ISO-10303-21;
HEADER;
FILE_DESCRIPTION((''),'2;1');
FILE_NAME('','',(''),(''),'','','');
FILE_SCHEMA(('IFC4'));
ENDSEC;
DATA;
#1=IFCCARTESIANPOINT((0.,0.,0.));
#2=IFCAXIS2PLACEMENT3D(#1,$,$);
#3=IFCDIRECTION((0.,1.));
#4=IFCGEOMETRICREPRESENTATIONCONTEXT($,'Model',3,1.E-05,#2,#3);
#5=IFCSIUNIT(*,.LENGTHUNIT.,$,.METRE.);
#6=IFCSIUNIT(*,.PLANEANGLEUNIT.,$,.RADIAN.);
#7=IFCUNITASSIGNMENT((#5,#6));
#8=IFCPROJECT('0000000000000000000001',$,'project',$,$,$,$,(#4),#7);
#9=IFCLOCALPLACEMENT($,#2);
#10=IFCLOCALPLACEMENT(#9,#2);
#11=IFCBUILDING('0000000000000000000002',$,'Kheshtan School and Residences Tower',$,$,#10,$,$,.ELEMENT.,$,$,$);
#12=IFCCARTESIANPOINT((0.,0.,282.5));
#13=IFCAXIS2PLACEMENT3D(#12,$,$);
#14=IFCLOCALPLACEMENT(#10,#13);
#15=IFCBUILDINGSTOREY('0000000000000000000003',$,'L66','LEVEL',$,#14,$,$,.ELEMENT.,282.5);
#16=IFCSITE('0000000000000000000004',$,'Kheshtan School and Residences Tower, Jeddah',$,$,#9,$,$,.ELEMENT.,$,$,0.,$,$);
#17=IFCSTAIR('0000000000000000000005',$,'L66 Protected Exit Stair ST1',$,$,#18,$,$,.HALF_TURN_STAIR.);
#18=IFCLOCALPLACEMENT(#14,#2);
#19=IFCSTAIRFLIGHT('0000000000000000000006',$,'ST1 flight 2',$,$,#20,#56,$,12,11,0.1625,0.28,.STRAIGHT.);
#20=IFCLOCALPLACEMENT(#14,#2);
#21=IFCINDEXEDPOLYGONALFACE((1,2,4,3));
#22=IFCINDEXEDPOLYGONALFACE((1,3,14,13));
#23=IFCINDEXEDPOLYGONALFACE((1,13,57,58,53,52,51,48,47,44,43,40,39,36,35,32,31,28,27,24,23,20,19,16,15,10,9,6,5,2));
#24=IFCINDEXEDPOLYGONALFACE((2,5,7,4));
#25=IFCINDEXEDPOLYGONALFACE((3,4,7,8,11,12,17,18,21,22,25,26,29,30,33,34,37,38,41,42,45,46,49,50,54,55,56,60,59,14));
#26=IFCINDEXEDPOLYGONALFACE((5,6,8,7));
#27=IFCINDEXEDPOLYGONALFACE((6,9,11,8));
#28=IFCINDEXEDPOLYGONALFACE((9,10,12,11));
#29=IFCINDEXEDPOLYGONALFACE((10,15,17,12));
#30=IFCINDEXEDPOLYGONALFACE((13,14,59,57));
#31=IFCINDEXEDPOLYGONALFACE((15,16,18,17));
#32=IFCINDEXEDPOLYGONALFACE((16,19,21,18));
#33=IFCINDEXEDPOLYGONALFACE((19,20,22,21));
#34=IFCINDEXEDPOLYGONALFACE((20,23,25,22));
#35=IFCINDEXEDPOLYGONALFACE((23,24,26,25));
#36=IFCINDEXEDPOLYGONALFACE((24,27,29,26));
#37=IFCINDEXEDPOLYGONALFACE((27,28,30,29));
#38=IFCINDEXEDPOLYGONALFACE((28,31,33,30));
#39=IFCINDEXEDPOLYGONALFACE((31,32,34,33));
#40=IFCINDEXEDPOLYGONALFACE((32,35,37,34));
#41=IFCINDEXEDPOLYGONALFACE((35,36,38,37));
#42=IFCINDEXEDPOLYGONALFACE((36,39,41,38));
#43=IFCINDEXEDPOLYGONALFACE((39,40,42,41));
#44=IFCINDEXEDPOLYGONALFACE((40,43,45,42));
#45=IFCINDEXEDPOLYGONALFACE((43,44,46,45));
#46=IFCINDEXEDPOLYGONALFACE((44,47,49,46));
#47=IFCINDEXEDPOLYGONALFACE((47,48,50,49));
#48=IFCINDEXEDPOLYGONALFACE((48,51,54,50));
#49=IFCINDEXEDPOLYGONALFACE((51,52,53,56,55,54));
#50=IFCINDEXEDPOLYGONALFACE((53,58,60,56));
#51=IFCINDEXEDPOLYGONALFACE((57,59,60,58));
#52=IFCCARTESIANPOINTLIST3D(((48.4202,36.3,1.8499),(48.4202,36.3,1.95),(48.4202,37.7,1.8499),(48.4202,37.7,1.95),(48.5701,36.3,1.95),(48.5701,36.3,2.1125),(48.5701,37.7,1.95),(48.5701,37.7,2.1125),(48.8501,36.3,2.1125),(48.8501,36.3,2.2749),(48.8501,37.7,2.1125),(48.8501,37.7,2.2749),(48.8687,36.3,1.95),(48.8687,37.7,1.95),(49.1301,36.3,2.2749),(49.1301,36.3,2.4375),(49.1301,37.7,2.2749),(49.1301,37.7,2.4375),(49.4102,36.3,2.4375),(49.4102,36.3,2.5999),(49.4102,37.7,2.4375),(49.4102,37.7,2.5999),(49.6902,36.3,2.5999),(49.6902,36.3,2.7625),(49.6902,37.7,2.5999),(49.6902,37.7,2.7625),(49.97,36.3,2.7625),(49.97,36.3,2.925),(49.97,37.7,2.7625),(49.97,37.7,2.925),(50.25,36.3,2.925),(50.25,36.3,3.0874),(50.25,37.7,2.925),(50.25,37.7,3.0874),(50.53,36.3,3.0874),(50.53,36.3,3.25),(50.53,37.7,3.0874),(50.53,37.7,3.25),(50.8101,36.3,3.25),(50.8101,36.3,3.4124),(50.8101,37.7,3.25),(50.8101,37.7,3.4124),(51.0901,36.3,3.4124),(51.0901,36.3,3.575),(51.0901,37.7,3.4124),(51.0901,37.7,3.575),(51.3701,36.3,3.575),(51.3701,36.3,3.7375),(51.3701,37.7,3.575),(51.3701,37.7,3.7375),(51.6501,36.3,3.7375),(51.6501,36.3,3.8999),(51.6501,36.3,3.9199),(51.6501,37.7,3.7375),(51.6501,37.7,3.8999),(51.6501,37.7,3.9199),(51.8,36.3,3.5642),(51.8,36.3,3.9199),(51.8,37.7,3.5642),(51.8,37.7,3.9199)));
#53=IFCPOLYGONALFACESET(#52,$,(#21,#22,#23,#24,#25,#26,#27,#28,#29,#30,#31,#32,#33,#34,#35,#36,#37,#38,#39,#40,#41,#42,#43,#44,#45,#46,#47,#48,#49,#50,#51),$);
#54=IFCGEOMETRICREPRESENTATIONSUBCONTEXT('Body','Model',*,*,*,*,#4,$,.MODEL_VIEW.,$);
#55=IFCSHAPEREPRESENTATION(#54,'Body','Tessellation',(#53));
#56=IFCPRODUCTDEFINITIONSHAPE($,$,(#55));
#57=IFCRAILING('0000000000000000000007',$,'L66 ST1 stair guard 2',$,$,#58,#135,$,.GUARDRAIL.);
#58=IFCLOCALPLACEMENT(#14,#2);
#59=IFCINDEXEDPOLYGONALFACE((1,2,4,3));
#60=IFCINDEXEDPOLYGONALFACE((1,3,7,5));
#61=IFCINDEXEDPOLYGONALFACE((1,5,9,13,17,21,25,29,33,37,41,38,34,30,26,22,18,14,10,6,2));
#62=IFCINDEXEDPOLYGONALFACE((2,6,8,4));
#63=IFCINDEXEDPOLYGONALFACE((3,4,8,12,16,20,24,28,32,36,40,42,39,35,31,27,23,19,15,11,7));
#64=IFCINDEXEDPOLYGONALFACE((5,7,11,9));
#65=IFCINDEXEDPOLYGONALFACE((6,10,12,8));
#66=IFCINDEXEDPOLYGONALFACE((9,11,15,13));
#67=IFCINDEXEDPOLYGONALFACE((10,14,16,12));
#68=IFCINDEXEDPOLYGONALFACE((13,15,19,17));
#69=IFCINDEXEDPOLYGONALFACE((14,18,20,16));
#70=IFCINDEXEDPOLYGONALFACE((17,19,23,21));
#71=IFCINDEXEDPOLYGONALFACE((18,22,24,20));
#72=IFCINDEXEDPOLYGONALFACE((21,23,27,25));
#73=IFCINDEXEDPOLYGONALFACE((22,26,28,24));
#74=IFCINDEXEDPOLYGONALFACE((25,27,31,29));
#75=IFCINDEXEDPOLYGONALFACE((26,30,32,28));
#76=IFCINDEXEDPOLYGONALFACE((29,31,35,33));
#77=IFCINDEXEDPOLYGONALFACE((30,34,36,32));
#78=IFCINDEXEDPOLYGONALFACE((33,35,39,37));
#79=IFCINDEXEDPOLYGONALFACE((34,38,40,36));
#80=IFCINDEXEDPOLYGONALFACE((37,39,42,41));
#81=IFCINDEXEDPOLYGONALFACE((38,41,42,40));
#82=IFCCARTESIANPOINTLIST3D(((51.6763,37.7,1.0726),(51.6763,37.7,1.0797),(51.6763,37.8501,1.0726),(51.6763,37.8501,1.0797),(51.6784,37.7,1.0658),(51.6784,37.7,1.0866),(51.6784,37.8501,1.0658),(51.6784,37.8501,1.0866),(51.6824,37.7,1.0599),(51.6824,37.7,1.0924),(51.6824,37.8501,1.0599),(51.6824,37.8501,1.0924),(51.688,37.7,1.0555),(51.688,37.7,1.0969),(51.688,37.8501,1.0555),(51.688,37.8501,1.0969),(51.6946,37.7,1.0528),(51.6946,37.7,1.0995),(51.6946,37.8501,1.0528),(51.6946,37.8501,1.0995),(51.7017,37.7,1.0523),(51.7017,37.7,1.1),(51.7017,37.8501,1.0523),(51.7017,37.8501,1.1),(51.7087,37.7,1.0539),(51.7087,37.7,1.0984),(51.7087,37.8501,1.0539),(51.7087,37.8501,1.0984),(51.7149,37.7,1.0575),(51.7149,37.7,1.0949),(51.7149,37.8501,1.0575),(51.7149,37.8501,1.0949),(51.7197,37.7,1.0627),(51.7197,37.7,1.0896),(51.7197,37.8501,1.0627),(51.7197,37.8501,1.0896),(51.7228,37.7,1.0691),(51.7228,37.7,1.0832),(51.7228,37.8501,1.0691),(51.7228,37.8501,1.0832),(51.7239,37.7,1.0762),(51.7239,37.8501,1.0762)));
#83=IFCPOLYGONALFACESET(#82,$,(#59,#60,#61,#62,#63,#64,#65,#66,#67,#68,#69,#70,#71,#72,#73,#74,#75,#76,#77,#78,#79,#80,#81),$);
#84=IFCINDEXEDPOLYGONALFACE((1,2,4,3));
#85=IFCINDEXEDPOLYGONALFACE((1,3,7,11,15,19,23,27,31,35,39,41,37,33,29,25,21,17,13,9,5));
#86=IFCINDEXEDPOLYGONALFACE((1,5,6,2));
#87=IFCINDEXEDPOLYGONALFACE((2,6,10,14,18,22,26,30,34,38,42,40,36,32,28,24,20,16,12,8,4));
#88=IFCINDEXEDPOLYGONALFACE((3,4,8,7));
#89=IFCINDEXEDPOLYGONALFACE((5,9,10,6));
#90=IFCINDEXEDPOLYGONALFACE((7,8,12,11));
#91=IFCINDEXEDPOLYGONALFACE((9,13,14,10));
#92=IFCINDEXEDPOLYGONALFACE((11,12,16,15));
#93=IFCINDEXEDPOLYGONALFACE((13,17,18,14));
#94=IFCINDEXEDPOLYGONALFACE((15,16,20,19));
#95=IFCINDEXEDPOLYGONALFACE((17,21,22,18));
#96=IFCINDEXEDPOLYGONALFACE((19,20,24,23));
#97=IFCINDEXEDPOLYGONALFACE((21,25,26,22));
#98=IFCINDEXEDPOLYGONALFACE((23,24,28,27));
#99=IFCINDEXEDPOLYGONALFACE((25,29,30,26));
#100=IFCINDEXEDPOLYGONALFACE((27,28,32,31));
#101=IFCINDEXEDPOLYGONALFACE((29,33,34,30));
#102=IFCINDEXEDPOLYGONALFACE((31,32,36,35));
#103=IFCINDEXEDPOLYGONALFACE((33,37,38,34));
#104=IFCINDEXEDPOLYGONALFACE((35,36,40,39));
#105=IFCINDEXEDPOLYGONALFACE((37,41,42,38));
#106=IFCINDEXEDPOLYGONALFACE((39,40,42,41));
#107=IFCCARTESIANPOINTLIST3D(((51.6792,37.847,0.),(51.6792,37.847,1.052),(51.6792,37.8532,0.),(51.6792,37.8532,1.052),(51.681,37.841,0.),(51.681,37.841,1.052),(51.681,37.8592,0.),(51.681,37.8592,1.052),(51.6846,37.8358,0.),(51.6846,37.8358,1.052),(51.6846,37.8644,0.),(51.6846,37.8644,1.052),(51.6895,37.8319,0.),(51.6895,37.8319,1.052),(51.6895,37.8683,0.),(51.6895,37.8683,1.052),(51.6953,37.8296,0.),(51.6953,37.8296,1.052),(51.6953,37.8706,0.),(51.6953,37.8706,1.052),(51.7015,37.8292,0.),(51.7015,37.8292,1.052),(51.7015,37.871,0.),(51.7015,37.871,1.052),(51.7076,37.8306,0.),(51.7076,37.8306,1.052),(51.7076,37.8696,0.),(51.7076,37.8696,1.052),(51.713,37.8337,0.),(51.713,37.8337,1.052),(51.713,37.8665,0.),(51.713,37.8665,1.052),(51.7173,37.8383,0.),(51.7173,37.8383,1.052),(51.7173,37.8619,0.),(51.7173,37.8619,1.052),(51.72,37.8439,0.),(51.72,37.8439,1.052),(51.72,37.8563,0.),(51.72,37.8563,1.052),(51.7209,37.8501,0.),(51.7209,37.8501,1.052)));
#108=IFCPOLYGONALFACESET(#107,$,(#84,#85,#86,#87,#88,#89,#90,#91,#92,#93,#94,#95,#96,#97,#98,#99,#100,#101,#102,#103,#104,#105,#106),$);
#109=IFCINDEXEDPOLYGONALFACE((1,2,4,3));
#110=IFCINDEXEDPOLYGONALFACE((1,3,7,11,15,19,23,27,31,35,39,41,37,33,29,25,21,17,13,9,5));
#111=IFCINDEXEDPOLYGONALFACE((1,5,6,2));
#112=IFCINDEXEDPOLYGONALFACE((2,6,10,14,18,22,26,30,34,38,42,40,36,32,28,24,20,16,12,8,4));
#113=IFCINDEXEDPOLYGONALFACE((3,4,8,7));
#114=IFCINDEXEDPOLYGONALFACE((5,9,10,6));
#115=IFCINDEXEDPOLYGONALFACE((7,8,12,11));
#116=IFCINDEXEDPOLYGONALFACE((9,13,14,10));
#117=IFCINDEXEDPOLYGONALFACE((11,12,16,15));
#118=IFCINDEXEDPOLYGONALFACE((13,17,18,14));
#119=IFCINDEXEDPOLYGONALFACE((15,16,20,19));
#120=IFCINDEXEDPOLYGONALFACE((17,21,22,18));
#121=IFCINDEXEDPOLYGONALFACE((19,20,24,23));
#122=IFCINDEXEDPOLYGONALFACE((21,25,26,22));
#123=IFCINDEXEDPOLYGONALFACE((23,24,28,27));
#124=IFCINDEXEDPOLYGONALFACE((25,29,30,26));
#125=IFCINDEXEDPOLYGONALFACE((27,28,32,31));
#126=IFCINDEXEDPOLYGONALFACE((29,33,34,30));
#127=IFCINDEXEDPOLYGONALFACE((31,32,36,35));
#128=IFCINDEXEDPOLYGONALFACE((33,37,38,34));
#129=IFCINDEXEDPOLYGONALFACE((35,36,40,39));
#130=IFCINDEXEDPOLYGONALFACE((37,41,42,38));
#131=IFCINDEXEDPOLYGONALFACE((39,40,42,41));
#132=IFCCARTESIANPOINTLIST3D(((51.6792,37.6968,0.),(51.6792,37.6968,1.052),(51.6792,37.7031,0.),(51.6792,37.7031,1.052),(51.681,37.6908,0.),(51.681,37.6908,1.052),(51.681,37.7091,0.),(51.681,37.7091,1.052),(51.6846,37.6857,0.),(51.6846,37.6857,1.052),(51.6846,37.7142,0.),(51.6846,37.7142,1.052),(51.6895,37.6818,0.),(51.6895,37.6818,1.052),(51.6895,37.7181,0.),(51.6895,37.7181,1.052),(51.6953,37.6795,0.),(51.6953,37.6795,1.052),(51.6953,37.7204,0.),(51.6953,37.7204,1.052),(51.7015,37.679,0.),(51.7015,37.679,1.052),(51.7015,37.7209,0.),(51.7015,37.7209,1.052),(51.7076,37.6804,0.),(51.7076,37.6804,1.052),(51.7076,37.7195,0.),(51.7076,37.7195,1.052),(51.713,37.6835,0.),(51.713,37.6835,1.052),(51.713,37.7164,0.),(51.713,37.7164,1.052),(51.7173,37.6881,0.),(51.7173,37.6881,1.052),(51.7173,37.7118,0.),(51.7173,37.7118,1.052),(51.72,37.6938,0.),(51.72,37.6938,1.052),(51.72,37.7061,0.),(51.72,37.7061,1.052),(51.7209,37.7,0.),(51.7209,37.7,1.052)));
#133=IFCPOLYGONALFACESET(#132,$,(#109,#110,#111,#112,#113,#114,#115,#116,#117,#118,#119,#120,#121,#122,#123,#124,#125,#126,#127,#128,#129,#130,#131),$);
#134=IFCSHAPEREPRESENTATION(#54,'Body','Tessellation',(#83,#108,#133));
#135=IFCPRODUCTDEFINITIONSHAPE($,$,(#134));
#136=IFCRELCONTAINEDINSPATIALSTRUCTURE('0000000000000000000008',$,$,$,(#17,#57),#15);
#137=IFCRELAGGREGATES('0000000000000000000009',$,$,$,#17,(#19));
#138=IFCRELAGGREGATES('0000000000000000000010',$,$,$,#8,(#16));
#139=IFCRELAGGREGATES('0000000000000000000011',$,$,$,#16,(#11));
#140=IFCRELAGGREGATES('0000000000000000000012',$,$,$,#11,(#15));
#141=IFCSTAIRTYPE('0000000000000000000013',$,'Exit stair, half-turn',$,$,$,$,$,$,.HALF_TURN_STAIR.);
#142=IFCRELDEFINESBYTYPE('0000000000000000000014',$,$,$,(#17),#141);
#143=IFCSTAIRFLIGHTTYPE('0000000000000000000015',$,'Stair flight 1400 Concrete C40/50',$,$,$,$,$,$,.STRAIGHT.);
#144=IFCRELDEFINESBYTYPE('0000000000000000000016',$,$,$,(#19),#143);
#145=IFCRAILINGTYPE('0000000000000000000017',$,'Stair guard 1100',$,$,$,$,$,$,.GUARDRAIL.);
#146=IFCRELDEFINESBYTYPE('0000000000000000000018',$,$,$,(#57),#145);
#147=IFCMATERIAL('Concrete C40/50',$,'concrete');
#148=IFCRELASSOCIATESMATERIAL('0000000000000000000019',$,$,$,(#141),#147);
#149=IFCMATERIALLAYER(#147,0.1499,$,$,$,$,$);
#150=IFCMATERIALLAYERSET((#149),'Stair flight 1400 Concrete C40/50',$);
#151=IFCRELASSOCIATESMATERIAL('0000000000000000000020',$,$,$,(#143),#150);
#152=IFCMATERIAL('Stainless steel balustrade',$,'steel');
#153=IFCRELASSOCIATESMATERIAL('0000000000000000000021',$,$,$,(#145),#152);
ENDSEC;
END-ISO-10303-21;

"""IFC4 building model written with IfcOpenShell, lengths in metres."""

from ifc_helpers import new_model, si_unit, direction, frame, origin, origin_2d, place, context, subcontext, project, spatial, polyline, circle, outline, extrude, material, layer, layer_set, type_object, element, aggregate, save


model = new_model("IFC4")

# Units and contexts
model_context = context("Model", 3, precision=1e-05, world=origin(), true_north=direction((0.0, 1.0)))
body_context = subcontext(model_context, "Body", "Model", "MODEL_VIEW")
ifc_project = project(units=[si_unit("LENGTHUNIT", "METRE"), si_unit("PLANEANGLEUNIT", "RADIAN")], contexts=[model_context])

# Site, building, storey
site_placement = place(None, origin())
site = spatial("IfcSite", under=ifc_project, at=site_placement, Name="Kheshtan School and Residences Tower, Jeddah", CompositionType="ELEMENT", RefElevation=0.0)
building_placement = place(site_placement, origin())
building = spatial("IfcBuilding", under=site, at=building_placement, Name="Kheshtan School and Residences Tower", CompositionType="ELEMENT")
storey_placement = place(building_placement, frame((0.0, 0.0, 282.5)))
storey = spatial("IfcBuildingStorey", under=building, at=storey_placement, Name="L66", Description="LEVEL", CompositionType="ELEMENT", Elevation=282.5)

# Stair, stair flight
ifc_material_1 = material(Name="Concrete C40/50", Category="concrete")
stair_type = type_object("IfcStairType", Name="Exit stair, half-turn", PredefinedType="HALF_TURN_STAIR", material=ifc_material_1)
stair_placement = place(storey_placement, origin())
stair = element("IfcStair", 1, at=stair_placement, inside=storey, type_object=stair_type, Name="L66 Protected Exit Stair ST1", PredefinedType="HALF_TURN_STAIR")
ifc_layer_1 = layer(ifc_material_1, 0.1499)
ifc_layer_set_1 = layer_set([ifc_layer_1], Name="Stair flight 1400 Concrete C40/50")
stair_flight_type = type_object("IfcStairFlightType", Name="Stair flight 1400 Concrete C40/50", PredefinedType="STRAIGHT", material=ifc_layer_set_1)
stair_flight_1_placement = place(storey_placement, frame((48.5701, 37.0, 1.95), z_axis=(0.0, 0.0, 1.0), x_axis=(1.0, 0.0, 0.0)))
stair_flight_1 = element("IfcStairFlight", 2, at=stair_flight_1_placement, type_object=stair_flight_type, Name="ST1 flight 2", NumberOfRisers=12, NumberOfTreads=11, PredefinedType="STRAIGHT", RiserHeight=0.1625, TreadLength=0.28, context=body_context, shape_type="SweptSolid", body=[
    extrude(outline(polyline([(-0.1499, -0.1001), (-0.1499, 0.0), (0.0, 0.0), (0.0, 0.1626), (0.28, 0.1626), (0.28, 0.325), (0.5601, 0.325), (0.5601, 0.4875), (0.8401, 0.4875), (0.8401, 0.6499), (1.1201, 0.6499), (1.1201, 0.8125), (1.3999, 0.8125), (1.3999, 0.9751), (1.6799, 0.9751), (1.6799, 1.1375), (1.96, 1.1375), (1.96, 1.3), (2.24, 1.3), (2.24, 1.4624), (2.52, 1.4624), (2.52, 1.625), (2.8, 1.625), (2.8, 1.7876), (3.0801, 1.7876), (3.0801, 1.95), (3.0801, 1.97), (3.23, 1.97), (3.23, 1.6143), (0.2986, 0.0), (-0.1499, -0.1001)])), frame((0.0, 0.7, 0.0), z_axis=(0.0, -1.0, 0.0), x_axis=(1.0, 0.0, 0.0)), (0.0, 0.0, 1.0), 1.3999),
])
aggregate(stair, [stair_flight_1])

# Railing
ifc_material_2 = material(Name="Stainless steel balustrade", Category="steel")
railing_type_1 = type_object("IfcRailingType", Name="Stair guard 1100", PredefinedType="GUARDRAIL", material=ifc_material_2)
railing_1_placement = place(storey_placement, frame((51.7, 37.8501, 0.0)))
element("IfcRailing", 3, at=railing_1_placement, inside=storey, type_object=railing_type_1, Name="L66 ST1 stair guard 2", PredefinedType="GUARDRAIL", context=body_context, shape_type="SweptSolid", body=[
    extrude(circle(Radius=0.0239, at=origin_2d()), frame((0.0, 0.0, 1.0762), z_axis=(0.0, -1.0, 0.0), x_axis=(1.0, 0.0, 0.0)), (0.0, 0.0, 1.0), 0.1501),
    extrude(circle(Radius=0.021, at=origin_2d()), origin(), (0.0, 0.0, 1.0), 1.052),
    extrude(circle(Radius=0.021, at=origin_2d()), frame((0.0, -0.1501, 0.0)), (0.0, 0.0, 1.0), 1.052),
])

save(model, "model.ifc")
